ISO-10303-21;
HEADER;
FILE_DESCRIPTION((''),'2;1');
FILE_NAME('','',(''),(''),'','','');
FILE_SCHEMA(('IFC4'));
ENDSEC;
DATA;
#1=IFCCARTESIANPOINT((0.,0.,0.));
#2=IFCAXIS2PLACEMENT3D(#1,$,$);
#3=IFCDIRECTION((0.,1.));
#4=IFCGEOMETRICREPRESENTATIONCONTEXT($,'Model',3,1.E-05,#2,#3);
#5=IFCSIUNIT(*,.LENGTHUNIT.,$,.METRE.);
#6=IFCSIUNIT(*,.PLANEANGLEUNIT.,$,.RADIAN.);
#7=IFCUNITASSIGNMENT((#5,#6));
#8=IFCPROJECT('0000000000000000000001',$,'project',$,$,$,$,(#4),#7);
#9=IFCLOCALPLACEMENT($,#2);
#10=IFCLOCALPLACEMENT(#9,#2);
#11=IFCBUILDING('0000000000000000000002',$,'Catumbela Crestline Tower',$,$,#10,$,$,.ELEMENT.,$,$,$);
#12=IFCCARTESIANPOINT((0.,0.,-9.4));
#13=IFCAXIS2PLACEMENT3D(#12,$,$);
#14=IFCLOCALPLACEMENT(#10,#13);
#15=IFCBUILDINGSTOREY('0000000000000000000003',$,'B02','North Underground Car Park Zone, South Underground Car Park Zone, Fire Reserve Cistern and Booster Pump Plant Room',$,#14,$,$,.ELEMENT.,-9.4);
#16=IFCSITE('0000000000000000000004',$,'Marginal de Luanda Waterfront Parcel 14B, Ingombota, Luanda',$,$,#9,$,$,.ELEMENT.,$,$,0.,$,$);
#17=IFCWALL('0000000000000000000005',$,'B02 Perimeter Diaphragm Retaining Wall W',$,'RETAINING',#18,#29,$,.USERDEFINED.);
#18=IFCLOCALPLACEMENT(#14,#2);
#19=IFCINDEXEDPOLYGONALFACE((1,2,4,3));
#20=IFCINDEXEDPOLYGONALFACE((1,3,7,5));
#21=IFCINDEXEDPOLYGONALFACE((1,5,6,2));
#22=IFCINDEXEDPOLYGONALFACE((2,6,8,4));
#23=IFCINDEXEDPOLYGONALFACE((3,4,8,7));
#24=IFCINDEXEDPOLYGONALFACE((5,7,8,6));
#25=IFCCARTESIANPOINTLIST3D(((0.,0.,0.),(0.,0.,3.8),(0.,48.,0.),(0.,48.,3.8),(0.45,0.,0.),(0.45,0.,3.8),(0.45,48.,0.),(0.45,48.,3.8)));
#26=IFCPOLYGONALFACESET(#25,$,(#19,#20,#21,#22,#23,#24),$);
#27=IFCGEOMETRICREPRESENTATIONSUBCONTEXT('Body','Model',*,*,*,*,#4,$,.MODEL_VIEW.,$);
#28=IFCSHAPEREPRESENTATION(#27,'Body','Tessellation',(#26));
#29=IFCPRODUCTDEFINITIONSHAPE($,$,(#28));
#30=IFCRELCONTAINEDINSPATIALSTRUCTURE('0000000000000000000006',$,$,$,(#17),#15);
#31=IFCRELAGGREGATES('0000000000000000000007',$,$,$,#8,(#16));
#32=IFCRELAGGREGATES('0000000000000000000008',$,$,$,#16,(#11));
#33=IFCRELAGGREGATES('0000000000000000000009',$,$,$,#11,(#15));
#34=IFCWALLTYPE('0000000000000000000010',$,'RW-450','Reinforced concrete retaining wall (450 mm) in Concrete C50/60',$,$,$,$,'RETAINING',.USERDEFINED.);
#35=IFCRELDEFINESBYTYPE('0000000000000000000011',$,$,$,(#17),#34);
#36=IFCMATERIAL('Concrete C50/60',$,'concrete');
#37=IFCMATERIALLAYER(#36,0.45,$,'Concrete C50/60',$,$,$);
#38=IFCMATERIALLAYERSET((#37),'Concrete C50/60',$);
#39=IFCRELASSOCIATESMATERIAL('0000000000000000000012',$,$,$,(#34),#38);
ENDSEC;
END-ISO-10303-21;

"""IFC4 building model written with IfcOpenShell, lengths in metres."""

from ifc_helpers import new_model, si_unit, direction, frame, frame_2d, origin, place, context, subcontext, project, spatial, rectangle, extrude, material, layer, layer_set, type_object, element, save


model = new_model("IFC4")

# Units and contexts
model_context = context("Model", 3, precision=1e-05, world=origin(), true_north=direction((0.0, 1.0)))
body_context = subcontext(model_context, "Body", "Model", "MODEL_VIEW")
ifc_project = project(units=[si_unit("LENGTHUNIT", "METRE"), si_unit("PLANEANGLEUNIT", "RADIAN")], contexts=[model_context])

# Site, building, storey
site_placement = place(None, origin())
site = spatial("IfcSite", under=ifc_project, at=site_placement, Name="Marginal de Luanda Waterfront Parcel 14B, Ingombota, Luanda", CompositionType="ELEMENT", RefElevation=0.0)
building_placement = place(site_placement, origin())
building = spatial("IfcBuilding", under=site, at=building_placement, Name="Catumbela Crestline Tower", CompositionType="ELEMENT")
storey_placement = place(building_placement, frame((0.0, 0.0, -9.4)))
storey = spatial("IfcBuildingStorey", under=building, at=storey_placement, Name="B02", Description="North Underground Car Park Zone, South Underground Car Park Zone, Fire Reserve Cistern and Booster Pump Plant Room", CompositionType="ELEMENT", Elevation=-9.4)

# Shared definitions
ifc_material_1 = material(Name="Concrete C50/60", Category="concrete")

# Wall
ifc_layer_1 = layer(ifc_material_1, 0.45, Name="Concrete C50/60")
ifc_layer_set_1 = layer_set([ifc_layer_1], Name="Concrete C50/60")
wall_type = type_object("IfcWallType", Name="RW-450", Description="Reinforced concrete retaining wall (450 mm) in Concrete C50/60", ElementType="RETAINING", PredefinedType="USERDEFINED", material=ifc_layer_set_1)
wall_1_placement = place(storey_placement, frame((0.225, 0.0, 0.0), z_axis=(0.0, 0.0, 1.0), x_axis=(0.0, 1.0, 0.0)))
element("IfcWall", 1, at=wall_1_placement, inside=storey, type_object=wall_type, Name="B02 Perimeter Diaphragm Retaining Wall W", ObjectType="RETAINING", PredefinedType="USERDEFINED", context=body_context, shape_type="SweptSolid", body=[
    extrude(rectangle(XDim=48.0, YDim=0.45, at=frame_2d((24.0, 0.0))), origin(), (0.0, 0.0, 1.0), 3.8),
])

save(model, "model.ifc")
